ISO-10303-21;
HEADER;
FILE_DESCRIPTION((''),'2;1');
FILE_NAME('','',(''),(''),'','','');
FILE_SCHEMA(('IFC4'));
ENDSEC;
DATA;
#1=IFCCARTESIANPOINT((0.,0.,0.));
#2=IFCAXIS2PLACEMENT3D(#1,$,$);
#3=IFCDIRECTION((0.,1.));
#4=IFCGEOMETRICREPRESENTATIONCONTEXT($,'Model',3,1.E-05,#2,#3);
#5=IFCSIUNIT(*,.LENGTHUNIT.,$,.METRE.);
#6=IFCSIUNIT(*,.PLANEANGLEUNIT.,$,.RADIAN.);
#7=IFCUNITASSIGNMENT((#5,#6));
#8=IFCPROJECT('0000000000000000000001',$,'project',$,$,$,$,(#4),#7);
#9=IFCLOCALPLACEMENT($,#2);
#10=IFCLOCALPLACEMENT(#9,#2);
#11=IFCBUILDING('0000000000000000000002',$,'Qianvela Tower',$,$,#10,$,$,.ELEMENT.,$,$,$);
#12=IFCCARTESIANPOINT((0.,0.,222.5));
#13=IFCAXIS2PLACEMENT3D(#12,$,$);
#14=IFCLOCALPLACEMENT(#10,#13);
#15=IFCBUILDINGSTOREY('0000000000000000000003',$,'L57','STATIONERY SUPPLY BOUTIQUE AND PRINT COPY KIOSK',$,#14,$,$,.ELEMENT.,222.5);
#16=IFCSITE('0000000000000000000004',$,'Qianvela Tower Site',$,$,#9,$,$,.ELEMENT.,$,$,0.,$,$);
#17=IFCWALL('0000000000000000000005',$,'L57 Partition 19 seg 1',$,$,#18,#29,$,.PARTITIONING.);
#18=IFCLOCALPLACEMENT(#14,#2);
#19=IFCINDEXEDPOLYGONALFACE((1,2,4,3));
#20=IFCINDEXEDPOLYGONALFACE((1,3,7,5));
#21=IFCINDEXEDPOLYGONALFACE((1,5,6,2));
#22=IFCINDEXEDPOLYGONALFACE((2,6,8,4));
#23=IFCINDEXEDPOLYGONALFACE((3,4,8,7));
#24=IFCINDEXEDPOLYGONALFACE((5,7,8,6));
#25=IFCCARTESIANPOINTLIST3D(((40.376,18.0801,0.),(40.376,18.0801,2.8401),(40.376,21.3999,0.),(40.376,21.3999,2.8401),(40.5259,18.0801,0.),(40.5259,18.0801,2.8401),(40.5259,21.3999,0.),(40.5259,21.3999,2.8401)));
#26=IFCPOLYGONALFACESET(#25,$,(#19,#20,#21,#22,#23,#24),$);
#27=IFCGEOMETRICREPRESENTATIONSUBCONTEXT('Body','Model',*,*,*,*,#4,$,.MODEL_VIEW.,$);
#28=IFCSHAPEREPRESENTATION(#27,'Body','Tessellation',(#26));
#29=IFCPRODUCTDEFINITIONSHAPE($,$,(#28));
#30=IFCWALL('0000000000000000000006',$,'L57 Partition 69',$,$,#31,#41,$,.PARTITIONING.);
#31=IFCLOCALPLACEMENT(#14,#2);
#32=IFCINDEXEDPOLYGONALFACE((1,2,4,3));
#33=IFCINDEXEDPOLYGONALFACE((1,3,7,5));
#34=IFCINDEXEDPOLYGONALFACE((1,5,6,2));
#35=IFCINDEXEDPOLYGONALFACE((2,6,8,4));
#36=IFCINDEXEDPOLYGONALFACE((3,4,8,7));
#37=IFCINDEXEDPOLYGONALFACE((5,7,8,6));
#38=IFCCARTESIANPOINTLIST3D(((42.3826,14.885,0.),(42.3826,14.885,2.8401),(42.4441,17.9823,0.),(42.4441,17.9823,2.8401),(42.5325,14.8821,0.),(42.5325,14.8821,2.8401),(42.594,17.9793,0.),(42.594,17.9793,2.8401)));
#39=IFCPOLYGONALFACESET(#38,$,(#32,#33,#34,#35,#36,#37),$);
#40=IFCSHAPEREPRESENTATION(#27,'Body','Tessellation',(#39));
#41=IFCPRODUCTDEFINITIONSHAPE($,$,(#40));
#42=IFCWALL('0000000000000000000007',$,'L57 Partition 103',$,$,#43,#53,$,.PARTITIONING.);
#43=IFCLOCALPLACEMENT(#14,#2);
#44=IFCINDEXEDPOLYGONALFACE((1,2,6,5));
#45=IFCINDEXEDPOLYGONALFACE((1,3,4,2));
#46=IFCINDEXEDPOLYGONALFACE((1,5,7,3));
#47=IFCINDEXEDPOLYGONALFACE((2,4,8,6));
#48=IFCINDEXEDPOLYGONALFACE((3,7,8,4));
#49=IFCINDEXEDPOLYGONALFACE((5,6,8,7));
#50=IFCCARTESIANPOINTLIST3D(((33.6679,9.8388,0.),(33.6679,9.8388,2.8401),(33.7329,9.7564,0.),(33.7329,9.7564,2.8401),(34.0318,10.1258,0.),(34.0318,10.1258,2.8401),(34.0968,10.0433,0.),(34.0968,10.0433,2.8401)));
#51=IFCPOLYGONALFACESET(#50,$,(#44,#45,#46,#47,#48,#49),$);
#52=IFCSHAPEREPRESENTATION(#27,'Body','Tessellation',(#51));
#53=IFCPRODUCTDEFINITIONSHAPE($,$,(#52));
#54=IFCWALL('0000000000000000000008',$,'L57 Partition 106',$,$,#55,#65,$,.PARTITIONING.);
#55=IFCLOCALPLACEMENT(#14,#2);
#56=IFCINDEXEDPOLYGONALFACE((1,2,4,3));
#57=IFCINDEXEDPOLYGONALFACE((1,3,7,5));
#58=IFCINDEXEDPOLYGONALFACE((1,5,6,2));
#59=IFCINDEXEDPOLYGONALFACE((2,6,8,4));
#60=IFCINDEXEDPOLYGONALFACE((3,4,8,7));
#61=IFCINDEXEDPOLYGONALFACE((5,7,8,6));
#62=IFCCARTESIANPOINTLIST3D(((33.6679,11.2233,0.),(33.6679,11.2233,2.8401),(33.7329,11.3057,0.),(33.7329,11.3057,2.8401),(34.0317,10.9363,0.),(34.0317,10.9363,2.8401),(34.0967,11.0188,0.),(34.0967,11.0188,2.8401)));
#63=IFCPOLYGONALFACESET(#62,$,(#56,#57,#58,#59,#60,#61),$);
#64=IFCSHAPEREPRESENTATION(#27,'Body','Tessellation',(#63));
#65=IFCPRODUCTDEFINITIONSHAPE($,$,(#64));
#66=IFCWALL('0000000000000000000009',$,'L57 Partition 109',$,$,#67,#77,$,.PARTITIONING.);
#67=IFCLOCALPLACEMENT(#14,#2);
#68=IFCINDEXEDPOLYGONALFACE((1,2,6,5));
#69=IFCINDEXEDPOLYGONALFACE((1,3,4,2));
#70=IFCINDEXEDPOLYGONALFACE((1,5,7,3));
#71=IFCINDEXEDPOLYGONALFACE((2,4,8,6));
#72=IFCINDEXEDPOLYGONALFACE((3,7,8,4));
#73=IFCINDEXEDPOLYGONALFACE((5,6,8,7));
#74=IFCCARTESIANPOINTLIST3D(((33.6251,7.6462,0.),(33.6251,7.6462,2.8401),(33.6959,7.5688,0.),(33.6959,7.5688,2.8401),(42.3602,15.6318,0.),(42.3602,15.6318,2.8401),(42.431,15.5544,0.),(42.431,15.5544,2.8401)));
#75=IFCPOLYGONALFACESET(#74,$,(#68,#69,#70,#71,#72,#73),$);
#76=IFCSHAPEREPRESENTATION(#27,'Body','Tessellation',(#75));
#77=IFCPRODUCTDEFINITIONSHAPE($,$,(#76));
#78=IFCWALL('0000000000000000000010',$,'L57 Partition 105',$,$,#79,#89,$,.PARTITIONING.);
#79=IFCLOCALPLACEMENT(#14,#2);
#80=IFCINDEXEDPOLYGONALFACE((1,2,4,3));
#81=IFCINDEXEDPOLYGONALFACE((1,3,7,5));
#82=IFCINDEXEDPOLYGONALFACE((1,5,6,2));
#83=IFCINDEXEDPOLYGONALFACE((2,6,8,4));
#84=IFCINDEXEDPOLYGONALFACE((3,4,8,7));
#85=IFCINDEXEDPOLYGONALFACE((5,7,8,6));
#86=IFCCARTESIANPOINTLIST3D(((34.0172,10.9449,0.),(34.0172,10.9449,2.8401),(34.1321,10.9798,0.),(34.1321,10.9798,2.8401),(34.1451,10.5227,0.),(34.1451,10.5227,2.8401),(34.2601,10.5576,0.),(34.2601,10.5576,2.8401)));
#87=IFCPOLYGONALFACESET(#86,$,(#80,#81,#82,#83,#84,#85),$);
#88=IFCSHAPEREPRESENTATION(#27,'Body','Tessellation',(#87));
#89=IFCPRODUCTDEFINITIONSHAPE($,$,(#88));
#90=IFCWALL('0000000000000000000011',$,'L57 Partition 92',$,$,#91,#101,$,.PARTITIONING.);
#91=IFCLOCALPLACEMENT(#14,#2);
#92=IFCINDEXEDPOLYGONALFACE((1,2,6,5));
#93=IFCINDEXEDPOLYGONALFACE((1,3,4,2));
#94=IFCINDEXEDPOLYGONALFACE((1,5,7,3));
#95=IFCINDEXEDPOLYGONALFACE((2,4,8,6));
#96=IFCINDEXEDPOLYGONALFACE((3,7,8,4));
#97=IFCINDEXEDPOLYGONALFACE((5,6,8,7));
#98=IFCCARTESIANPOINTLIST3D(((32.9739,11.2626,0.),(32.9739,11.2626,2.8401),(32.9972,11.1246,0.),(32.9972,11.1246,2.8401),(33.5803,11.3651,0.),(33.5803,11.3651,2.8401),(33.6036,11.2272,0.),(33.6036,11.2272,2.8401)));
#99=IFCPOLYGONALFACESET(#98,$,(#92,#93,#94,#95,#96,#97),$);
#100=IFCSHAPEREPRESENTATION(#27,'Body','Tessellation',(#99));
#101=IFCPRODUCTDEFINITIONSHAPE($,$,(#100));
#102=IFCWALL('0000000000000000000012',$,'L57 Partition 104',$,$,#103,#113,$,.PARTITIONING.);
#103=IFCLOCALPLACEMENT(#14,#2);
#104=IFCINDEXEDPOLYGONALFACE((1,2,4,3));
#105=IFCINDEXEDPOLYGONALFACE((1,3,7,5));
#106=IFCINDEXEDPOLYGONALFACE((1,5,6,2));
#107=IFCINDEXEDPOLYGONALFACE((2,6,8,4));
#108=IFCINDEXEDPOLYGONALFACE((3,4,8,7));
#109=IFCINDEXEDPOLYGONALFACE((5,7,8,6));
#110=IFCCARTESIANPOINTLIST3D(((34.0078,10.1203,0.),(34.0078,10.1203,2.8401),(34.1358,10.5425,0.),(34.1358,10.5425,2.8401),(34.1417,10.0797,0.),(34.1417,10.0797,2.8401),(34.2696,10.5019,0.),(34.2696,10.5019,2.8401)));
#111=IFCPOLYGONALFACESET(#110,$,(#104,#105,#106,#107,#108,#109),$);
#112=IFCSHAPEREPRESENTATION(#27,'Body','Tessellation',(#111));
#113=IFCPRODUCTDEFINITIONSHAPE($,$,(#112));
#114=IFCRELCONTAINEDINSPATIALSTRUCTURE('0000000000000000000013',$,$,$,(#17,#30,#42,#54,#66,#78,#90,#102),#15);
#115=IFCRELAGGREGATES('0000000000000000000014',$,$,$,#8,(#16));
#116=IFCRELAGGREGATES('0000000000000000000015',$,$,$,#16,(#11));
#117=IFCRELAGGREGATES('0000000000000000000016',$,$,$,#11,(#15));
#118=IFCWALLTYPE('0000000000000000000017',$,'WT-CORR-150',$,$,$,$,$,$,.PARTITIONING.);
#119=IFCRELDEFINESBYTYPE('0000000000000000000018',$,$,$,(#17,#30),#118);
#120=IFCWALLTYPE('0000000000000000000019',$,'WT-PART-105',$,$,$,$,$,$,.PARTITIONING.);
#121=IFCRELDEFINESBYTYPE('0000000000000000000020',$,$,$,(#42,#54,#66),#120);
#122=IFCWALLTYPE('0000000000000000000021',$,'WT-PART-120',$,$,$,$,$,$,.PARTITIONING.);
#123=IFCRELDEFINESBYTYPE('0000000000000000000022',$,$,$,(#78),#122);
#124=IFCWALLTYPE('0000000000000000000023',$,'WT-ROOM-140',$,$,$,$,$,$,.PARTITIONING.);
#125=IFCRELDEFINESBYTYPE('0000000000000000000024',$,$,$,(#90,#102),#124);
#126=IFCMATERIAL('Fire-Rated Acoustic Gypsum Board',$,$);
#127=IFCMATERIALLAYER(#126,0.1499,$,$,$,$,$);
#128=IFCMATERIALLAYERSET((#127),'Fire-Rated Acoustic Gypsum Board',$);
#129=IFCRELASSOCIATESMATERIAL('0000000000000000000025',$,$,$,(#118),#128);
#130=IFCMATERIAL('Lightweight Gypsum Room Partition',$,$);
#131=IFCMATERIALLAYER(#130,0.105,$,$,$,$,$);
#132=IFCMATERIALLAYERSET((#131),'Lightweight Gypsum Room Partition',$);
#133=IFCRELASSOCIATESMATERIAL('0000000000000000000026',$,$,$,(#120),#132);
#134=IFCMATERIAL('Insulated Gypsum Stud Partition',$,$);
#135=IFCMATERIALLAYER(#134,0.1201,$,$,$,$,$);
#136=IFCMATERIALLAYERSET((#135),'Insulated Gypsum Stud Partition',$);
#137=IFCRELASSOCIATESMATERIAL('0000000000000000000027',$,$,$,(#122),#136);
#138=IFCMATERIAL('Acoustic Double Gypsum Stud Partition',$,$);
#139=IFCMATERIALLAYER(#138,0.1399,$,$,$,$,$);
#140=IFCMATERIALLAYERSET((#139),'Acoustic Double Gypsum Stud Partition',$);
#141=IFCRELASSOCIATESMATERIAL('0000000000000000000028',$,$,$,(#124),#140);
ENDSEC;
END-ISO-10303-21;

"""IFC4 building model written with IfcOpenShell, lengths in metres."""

from ifc_helpers import new_model, si_unit, direction, frame, frame_2d, origin, place, context, subcontext, project, spatial, rectangle, extrude, material, layer, layer_set, type_object, element, save


model = new_model("IFC4")

# Units and contexts
model_context = context("Model", 3, precision=1e-05, world=origin(), true_north=direction((0.0, 1.0)))
body_context = subcontext(model_context, "Body", "Model", "MODEL_VIEW")
ifc_project = project(units=[si_unit("LENGTHUNIT", "METRE"), si_unit("PLANEANGLEUNIT", "RADIAN")], contexts=[model_context])

# Site, building, storey
site_placement = place(None, origin())
site = spatial("IfcSite", under=ifc_project, at=site_placement, Name="Qianvela Tower Site", CompositionType="ELEMENT", RefElevation=0.0)
building_placement = place(site_placement, origin())
building = spatial("IfcBuilding", under=site, at=building_placement, Name="Qianvela Tower", CompositionType="ELEMENT")
storey_placement = place(building_placement, frame((0.0, 0.0, 222.5)))
storey = spatial("IfcBuildingStorey", under=building, at=storey_placement, Name="L57", Description="STATIONERY SUPPLY BOUTIQUE AND PRINT COPY KIOSK", CompositionType="ELEMENT", Elevation=222.5)

# Shared definitions
ifc_material_1 = material(Name="Fire-Rated Acoustic Gypsum Board")
ifc_layer_1 = layer(ifc_material_1, 0.1499)
ifc_layer_set_1 = layer_set([ifc_layer_1], Name="Fire-Rated Acoustic Gypsum Board")
wall_type_1 = type_object("IfcWallType", Name="WT-CORR-150", PredefinedType="PARTITIONING", material=ifc_layer_set_1)

# Walls
wall_1_placement = place(storey_placement, frame((40.4509, 18.0801, 0.0), z_axis=(0.0, 0.0, 1.0), x_axis=(0.0, 1.0, 0.0)))
element("IfcWall", 1, at=wall_1_placement, inside=storey, type_object=wall_type_1, Name="L57 Partition 19 seg 1", PredefinedType="PARTITIONING", context=body_context, shape_type="SweptSolid", body=[
    extrude(rectangle(XDim=3.3198, YDim=0.1499, at=frame_2d((1.6599, 0.0))), origin(), (0.0, 0.0, 1.0), 2.8401),
])
wall_2_placement = place(storey_placement, frame((42.519, 17.9807, 0.0), z_axis=(0.0, 0.0, 1.0), x_axis=(-0.01986, -0.999803, 0.0)))
element("IfcWall", 2, at=wall_2_placement, inside=storey, type_object=wall_type_1, Name="L57 Partition 69", PredefinedType="PARTITIONING", context=body_context, shape_type="SweptSolid", body=[
    extrude(rectangle(XDim=3.0979, YDim=0.1499, at=frame_2d((1.5488, 0.0))), origin(), (0.0, 0.0, 1.0), 2.8401),
])
ifc_material_2 = material(Name="Lightweight Gypsum Room Partition")
ifc_layer_2 = layer(ifc_material_2, 0.105)
ifc_layer_set_2 = layer_set([ifc_layer_2], Name="Lightweight Gypsum Room Partition")
wall_type_2 = type_object("IfcWallType", Name="WT-PART-105", PredefinedType="PARTITIONING", material=ifc_layer_set_2)
for number, where, z_axis, x_axis, name in (
    (3, (33.7004, 9.7976, 0.0), (0.0, 0.0, 1.0), (0.78522, 0.619217, 0.0), "L57 Partition 103"),
    (4, (34.0642, 10.9775, 0.0), (0.0, 0.0, 1.0), (-0.78522, 0.619217, 0.0), "L57 Partition 106"),
):
    element("IfcWall", number, at=place(storey_placement, frame(where, z_axis=z_axis, x_axis=x_axis)), inside=storey, type_object=wall_type_2, Name=name, PredefinedType="PARTITIONING", context=body_context, shape_type="SweptSolid", body=[
        extrude(rectangle(XDim=0.4634, YDim=0.105, at=frame_2d((0.2317, 0.0))), origin(), (0.0, 0.0, 1.0), 2.8401),
    ])
wall_3_placement = place(storey_placement, frame((42.3955, 15.593, 0.0), z_axis=(0.0, 0.0, 1.0), x_axis=(-0.738062, -0.674733, 0.0)))
element("IfcWall", 5, at=wall_3_placement, inside=storey, type_object=wall_type_2, Name="L57 Partition 109", PredefinedType="PARTITIONING", context=body_context, shape_type="SweptSolid", body=[
    extrude(rectangle(XDim=11.8352, YDim=0.105, at=frame_2d((5.9175, 0.0))), origin(), (0.0, 0.0, 1.0), 2.8401),
])
ifc_material_3 = material(Name="Insulated Gypsum Stud Partition")
ifc_layer_3 = layer(ifc_material_3, 0.1201)
ifc_layer_set_3 = layer_set([ifc_layer_3], Name="Insulated Gypsum Stud Partition")
wall_type_3 = type_object("IfcWallType", Name="WT-PART-120", PredefinedType="PARTITIONING", material=ifc_layer_set_3)
wall_4_placement = place(storey_placement, frame((34.2026, 10.54, 0.0), z_axis=(0.0, 0.0, 1.0), x_axis=(-0.290038, 0.957015, 0.0)))
element("IfcWall", 6, at=wall_4_placement, inside=storey, type_object=wall_type_3, Name="L57 Partition 105", PredefinedType="PARTITIONING", context=body_context, shape_type="SweptSolid", body=[
    extrude(rectangle(XDim=0.4412, YDim=0.1201, at=frame_2d((0.2207, 0.0))), origin(), (0.0, 0.0, 1.0), 2.8401),
])
ifc_material_4 = material(Name="Acoustic Double Gypsum Stud Partition")
ifc_layer_4 = layer(ifc_material_4, 0.1399)
ifc_layer_set_4 = layer_set([ifc_layer_4], Name="Acoustic Double Gypsum Stud Partition")
wall_type_4 = type_object("IfcWallType", Name="WT-ROOM-140", PredefinedType="PARTITIONING", material=ifc_layer_set_4)
wall_5_placement = place(storey_placement, frame((33.592, 11.2961, 0.0), z_axis=(0.0, 0.0, 1.0), x_axis=(-0.986005, -0.166716, 0.0)))
element("IfcWall", 7, at=wall_5_placement, inside=storey, type_object=wall_type_4, Name="L57 Partition 92", PredefinedType="PARTITIONING", context=body_context, shape_type="SweptSolid", body=[
    extrude(rectangle(XDim=0.615, YDim=0.1399, at=frame_2d((0.3076, 0.0))), origin(), (0.0, 0.0, 1.0), 2.8401),
])
wall_6_placement = place(storey_placement, frame((34.0747, 10.0999, 0.0), z_axis=(0.0, 0.0, 1.0), x_axis=(0.290038, 0.957015, 0.0)))
element("IfcWall", 8, at=wall_6_placement, inside=storey, type_object=wall_type_4, Name="L57 Partition 104", PredefinedType="PARTITIONING", context=body_context, shape_type="SweptSolid", body=[
    extrude(rectangle(XDim=0.4412, YDim=0.1399, at=frame_2d((0.2207, 0.0))), origin(), (0.0, 0.0, 1.0), 2.8401),
])

save(model, "model.ifc")
